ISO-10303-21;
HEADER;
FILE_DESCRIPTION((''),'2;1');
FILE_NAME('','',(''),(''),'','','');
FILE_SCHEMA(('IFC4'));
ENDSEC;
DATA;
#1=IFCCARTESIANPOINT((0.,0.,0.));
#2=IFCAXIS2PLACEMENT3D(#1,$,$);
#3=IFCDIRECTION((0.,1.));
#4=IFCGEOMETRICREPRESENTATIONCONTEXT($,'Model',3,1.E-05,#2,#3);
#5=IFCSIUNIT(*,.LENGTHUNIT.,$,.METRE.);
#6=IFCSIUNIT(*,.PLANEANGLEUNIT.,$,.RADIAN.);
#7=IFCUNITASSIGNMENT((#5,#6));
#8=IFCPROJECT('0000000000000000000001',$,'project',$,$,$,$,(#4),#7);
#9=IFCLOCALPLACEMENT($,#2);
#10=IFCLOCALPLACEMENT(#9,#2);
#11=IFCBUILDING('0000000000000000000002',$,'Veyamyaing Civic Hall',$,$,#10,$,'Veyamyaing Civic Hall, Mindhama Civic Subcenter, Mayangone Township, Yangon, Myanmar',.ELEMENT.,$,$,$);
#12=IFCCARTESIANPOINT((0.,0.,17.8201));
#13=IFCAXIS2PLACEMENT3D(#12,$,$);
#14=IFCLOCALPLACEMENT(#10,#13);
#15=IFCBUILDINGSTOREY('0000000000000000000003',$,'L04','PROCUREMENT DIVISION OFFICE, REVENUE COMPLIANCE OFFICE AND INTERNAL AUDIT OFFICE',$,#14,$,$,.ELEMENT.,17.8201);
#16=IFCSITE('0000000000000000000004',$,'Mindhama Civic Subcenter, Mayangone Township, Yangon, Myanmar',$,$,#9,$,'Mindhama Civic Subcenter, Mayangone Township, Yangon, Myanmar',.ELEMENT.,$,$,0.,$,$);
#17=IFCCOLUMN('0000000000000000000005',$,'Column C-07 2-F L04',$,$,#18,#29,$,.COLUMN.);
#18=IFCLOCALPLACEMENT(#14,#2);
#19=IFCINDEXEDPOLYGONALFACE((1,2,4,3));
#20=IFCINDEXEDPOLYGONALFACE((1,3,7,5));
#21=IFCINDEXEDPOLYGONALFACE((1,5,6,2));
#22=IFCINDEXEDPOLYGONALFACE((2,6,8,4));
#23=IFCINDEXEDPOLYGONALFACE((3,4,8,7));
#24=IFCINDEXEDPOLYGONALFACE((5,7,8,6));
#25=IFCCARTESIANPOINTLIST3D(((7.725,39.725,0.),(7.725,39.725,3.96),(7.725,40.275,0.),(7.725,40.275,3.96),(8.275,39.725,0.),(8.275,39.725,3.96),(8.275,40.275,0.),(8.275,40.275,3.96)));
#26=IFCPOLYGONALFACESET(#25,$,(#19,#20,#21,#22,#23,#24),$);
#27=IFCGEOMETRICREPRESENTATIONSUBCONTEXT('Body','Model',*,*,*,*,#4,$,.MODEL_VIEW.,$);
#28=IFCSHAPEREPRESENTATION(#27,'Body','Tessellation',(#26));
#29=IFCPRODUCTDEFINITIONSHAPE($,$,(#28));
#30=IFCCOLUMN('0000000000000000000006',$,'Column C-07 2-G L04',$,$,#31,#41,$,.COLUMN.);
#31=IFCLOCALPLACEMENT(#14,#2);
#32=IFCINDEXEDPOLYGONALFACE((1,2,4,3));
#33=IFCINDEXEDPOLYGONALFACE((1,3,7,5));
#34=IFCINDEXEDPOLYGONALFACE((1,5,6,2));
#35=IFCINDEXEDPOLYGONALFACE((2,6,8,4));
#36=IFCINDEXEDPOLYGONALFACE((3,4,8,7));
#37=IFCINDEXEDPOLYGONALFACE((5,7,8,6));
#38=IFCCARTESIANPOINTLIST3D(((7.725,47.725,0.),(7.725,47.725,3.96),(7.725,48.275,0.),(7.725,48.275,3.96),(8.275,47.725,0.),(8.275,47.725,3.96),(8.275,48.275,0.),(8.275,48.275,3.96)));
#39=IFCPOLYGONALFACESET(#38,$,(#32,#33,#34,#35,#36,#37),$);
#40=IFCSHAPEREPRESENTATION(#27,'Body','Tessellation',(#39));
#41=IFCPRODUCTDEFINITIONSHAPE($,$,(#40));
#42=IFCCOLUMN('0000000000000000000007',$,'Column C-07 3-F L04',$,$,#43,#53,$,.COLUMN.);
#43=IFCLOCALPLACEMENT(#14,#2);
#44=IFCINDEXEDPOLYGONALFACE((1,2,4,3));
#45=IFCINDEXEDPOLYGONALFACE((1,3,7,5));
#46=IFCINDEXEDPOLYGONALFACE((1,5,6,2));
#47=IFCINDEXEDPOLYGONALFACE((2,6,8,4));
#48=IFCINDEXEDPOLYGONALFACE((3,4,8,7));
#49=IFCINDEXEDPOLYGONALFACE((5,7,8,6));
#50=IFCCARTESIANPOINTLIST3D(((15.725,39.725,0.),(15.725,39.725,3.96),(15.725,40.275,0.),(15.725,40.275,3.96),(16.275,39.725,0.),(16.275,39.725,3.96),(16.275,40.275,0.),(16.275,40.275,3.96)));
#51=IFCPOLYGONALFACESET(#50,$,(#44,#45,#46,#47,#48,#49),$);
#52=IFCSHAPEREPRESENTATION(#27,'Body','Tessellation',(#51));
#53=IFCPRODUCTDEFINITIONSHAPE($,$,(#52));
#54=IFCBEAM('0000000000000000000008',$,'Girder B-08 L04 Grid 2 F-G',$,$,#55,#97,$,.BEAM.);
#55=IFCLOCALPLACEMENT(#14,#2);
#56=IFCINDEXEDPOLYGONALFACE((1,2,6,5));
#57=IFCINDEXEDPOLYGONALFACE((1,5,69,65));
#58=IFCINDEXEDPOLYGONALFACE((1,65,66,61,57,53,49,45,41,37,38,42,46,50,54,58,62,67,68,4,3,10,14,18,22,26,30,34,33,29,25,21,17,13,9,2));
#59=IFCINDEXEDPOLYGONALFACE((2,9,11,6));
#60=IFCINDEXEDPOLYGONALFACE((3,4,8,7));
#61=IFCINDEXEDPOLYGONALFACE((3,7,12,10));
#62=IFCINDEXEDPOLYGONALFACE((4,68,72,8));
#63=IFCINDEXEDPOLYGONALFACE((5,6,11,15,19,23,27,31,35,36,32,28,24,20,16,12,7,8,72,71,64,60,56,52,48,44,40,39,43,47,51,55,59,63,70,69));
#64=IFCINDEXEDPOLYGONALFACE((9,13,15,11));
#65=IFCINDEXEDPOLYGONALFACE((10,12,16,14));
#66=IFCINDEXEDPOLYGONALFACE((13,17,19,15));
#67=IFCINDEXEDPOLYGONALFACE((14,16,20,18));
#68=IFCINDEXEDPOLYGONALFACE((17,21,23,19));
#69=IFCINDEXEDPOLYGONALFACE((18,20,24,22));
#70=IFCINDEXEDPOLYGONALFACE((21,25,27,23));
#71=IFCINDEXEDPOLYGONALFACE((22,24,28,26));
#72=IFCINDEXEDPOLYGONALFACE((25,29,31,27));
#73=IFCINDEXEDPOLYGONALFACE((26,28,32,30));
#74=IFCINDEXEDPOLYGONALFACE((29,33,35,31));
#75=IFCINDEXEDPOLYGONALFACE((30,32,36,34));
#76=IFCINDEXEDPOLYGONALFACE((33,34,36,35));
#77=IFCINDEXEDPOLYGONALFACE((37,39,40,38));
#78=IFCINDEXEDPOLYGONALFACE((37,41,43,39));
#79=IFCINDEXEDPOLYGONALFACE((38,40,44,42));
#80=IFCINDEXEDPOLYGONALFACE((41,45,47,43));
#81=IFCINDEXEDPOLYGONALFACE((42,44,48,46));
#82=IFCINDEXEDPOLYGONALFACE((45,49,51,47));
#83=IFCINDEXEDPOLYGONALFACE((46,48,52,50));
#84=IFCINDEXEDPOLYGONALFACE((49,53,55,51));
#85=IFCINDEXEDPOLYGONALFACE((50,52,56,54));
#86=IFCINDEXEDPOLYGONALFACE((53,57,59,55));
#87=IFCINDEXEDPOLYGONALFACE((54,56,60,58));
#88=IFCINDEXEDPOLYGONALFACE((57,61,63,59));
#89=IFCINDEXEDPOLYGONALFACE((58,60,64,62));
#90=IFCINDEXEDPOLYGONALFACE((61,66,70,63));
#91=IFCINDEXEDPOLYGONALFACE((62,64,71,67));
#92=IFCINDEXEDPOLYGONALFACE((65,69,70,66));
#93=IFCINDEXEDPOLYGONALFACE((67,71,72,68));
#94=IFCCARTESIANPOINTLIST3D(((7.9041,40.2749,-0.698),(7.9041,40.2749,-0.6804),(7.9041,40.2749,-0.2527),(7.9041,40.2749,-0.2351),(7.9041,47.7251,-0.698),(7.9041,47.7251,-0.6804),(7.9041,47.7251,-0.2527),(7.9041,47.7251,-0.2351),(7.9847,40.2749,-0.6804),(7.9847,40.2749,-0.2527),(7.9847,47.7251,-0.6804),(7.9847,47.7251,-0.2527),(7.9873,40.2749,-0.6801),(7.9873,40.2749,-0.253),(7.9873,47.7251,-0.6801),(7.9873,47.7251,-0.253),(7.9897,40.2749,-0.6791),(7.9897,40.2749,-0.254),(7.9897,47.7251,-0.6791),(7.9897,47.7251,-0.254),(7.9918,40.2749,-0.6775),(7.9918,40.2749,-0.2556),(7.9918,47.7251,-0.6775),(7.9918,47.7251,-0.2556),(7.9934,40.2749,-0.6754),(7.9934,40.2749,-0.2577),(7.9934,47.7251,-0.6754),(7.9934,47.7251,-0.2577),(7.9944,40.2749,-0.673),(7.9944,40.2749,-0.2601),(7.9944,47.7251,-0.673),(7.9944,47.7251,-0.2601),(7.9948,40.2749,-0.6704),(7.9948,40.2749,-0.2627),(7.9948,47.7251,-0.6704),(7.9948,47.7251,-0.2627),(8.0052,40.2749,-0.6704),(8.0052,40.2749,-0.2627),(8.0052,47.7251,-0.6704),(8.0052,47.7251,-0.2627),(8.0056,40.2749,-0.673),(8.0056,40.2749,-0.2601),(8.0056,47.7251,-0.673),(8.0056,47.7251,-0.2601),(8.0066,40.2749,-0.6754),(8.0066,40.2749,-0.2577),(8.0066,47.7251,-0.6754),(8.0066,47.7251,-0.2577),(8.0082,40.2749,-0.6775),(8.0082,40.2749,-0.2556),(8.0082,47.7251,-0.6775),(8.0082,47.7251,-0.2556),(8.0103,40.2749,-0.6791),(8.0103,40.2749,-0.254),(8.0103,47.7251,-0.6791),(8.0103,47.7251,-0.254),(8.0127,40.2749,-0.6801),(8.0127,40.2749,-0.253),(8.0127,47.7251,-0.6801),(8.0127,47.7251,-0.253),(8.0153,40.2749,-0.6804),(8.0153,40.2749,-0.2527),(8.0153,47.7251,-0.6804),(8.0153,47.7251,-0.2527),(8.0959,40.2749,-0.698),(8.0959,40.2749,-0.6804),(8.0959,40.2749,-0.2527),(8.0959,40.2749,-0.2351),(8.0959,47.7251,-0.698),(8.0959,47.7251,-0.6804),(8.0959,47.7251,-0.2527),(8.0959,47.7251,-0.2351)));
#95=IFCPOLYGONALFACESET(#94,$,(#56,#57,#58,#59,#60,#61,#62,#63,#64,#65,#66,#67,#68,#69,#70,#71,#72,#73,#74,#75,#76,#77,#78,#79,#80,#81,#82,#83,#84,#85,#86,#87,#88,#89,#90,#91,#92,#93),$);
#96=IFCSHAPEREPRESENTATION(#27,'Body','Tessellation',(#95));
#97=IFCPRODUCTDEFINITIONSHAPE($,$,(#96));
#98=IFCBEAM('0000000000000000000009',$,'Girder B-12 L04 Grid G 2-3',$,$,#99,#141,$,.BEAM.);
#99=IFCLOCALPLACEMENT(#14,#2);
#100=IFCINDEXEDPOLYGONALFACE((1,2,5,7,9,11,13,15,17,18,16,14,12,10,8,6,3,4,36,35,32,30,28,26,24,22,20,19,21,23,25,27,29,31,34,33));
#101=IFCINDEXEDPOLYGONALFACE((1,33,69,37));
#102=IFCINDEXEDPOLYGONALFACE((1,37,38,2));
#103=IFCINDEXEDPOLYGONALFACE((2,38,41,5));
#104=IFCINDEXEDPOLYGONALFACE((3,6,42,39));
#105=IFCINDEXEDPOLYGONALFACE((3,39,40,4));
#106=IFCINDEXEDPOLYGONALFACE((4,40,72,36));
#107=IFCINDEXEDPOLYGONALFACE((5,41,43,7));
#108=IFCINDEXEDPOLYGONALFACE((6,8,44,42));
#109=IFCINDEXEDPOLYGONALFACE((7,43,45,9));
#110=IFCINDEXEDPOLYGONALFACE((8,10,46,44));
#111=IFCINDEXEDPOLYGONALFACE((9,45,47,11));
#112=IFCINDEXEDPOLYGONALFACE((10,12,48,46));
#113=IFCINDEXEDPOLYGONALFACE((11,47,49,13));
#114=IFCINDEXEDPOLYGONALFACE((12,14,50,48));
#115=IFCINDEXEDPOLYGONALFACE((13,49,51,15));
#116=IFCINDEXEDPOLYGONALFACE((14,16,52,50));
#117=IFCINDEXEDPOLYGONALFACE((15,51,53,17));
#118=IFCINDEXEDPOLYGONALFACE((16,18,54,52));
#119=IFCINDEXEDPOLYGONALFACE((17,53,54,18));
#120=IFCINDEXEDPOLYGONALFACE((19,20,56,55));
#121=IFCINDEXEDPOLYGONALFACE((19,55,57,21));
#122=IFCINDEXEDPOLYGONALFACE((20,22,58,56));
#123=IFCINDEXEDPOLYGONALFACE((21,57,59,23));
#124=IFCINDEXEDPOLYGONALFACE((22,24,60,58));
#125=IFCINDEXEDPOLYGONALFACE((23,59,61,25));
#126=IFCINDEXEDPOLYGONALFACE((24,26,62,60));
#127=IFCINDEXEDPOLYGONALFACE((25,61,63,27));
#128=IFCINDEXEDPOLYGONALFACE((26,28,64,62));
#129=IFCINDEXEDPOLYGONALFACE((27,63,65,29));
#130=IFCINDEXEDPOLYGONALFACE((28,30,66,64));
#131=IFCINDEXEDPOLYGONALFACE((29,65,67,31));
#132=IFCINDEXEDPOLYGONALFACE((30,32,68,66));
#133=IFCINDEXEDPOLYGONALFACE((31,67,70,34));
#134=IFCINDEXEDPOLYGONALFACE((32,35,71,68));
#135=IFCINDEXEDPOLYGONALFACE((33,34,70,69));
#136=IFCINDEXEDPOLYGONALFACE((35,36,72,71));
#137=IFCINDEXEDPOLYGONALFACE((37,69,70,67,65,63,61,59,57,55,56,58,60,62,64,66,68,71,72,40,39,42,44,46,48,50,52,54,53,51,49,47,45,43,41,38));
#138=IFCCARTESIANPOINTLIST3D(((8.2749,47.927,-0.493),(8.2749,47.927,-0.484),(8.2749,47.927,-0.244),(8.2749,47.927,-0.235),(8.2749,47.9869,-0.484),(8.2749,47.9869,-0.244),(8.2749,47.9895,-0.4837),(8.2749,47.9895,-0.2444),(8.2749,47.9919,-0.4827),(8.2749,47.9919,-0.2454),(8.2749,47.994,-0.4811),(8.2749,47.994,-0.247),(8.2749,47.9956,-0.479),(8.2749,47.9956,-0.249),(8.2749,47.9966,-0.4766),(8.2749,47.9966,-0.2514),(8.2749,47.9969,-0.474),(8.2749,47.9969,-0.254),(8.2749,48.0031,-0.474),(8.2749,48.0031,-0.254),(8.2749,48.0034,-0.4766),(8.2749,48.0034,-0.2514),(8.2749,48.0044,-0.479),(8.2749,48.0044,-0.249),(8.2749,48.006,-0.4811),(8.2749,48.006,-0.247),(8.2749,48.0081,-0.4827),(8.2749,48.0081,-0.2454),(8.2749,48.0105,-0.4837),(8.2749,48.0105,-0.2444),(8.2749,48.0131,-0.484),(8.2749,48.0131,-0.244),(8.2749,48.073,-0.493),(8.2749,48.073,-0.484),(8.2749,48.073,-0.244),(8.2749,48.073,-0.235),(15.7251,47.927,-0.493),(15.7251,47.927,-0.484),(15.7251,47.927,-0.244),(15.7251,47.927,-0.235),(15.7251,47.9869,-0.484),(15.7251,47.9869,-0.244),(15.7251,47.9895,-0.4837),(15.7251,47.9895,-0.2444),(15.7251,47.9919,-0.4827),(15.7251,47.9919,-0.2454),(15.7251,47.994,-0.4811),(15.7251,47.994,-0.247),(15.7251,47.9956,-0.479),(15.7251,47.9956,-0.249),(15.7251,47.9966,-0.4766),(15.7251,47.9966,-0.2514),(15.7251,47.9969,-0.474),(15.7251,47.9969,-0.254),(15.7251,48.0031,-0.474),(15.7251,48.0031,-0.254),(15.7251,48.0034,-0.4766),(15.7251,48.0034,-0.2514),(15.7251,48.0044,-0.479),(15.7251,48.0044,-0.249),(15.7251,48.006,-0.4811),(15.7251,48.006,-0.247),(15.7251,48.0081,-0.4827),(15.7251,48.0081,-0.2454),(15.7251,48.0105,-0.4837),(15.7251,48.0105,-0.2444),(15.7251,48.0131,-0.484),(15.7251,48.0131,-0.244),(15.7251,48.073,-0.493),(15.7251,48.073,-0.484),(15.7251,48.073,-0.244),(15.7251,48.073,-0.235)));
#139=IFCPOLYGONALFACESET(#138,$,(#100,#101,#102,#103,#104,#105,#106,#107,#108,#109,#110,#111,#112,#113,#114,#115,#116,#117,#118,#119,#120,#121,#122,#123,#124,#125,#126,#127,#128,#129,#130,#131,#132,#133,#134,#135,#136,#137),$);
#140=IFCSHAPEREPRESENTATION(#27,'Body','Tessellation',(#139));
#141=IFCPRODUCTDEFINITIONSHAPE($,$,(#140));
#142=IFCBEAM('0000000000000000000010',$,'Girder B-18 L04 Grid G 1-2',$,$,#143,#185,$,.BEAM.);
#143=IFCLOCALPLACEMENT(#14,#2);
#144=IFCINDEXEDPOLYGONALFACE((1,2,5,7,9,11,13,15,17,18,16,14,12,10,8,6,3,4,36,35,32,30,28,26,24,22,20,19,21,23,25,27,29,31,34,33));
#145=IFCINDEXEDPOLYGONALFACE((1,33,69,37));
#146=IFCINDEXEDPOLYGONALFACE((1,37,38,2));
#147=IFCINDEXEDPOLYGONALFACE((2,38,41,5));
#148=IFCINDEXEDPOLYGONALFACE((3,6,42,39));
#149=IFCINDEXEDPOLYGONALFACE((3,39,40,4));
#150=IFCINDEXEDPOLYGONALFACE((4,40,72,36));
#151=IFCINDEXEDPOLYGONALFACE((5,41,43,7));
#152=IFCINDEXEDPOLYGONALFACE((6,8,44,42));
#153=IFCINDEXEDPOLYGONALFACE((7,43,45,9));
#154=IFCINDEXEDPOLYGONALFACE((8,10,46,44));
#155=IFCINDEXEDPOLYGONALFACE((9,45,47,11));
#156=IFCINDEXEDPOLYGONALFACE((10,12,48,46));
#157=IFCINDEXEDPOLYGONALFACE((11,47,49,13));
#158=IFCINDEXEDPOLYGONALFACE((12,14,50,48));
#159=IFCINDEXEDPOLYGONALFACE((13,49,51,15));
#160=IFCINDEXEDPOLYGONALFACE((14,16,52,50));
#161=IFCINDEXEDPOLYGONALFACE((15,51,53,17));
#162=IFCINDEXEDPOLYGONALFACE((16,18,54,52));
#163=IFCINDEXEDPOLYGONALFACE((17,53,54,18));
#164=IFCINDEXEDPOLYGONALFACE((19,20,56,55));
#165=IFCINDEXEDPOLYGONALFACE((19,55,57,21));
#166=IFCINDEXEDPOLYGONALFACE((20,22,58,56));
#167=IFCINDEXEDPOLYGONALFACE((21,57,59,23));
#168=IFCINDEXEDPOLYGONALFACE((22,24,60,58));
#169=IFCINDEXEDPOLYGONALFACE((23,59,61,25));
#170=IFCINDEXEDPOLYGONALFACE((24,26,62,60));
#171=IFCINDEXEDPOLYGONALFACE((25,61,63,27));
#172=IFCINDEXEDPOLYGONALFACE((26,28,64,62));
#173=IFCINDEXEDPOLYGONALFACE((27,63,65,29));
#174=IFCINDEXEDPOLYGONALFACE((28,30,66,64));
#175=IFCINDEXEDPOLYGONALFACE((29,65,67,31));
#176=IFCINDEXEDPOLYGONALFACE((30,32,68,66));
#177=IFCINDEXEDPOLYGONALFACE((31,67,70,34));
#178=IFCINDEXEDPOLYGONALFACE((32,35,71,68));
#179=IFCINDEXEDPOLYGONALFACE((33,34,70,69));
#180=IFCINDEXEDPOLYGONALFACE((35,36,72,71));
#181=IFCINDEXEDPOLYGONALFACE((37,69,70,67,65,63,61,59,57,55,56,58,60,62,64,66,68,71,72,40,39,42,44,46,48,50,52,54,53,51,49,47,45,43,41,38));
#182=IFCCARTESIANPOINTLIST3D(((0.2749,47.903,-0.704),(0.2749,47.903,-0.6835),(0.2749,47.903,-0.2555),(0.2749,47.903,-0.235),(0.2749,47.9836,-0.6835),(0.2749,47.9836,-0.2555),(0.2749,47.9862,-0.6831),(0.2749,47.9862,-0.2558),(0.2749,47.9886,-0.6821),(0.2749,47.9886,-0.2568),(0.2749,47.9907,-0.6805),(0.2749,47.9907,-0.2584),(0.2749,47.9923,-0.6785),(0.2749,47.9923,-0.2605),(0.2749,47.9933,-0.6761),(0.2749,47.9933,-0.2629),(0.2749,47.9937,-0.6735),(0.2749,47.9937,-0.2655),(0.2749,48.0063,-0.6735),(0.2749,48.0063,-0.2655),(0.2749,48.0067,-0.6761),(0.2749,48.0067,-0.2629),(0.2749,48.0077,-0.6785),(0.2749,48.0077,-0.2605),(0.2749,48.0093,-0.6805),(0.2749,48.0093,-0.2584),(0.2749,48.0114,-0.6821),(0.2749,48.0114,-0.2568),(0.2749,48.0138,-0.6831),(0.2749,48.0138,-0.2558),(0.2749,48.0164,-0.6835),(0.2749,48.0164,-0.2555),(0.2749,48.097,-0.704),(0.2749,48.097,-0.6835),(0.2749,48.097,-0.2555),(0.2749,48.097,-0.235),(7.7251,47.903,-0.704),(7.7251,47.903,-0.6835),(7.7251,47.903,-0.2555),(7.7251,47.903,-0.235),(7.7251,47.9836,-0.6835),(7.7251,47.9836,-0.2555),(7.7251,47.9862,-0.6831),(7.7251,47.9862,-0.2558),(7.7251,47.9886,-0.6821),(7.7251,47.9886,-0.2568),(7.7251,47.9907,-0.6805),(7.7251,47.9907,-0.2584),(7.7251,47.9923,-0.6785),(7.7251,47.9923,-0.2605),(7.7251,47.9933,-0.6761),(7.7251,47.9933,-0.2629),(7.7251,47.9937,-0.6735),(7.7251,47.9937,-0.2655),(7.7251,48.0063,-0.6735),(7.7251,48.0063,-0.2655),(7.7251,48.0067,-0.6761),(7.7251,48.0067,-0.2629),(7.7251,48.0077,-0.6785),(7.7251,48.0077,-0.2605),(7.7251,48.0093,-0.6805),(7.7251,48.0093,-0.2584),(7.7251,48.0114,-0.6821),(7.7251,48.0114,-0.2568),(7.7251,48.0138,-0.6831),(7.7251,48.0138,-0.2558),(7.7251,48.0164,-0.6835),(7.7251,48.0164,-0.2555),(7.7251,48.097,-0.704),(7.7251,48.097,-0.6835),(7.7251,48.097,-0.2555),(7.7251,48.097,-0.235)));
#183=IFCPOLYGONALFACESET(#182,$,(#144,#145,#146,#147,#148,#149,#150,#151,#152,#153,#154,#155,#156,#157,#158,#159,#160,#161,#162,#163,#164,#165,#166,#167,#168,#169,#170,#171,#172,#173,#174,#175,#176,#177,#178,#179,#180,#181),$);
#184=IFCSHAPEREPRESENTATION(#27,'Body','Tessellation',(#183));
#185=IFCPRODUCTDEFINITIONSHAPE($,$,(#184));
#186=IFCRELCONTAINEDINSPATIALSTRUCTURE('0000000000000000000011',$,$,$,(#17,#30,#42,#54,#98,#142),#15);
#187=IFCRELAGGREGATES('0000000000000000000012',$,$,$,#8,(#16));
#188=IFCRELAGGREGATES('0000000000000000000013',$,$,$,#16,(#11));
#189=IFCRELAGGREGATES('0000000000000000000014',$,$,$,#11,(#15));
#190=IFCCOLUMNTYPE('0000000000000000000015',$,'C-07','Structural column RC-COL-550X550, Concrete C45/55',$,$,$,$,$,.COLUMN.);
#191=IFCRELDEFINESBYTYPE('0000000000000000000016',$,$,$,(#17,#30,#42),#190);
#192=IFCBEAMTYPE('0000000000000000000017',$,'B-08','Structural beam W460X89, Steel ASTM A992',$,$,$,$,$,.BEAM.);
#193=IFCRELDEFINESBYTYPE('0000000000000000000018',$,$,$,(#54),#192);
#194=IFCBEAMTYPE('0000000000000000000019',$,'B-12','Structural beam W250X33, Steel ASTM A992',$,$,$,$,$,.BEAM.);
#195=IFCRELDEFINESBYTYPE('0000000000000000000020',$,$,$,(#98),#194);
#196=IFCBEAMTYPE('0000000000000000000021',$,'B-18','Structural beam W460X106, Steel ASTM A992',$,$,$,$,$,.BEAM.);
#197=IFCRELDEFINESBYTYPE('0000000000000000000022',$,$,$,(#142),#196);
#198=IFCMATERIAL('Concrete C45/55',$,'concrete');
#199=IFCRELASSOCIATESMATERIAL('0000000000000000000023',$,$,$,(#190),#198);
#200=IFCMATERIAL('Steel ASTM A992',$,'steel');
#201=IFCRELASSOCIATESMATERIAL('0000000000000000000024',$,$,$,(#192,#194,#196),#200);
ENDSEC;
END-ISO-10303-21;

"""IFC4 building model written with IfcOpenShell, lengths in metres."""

from ifc_helpers import new_model, si_unit, direction, frame, origin, origin_2d, place, context, subcontext, project, spatial, rectangle, i_section, extrude, material, material_profile, profile_set, type_object, element, save


model = new_model("IFC4")

# Units and contexts
model_context = context("Model", 3, precision=1e-05, world=origin(), true_north=direction((0.0, 1.0)))
body_context = subcontext(model_context, "Body", "Model", "MODEL_VIEW")
ifc_project = project(units=[si_unit("LENGTHUNIT", "METRE"), si_unit("PLANEANGLEUNIT", "RADIAN")], contexts=[model_context])

# Site, building, storey
site_placement = place(None, origin())
site = spatial("IfcSite", under=ifc_project, at=site_placement, Name="Mindhama Civic Subcenter, Mayangone Township, Yangon, Myanmar", LongName="Mindhama Civic Subcenter, Mayangone Township, Yangon, Myanmar", CompositionType="ELEMENT", RefElevation=0.0)
building_placement = place(site_placement, origin())
building = spatial("IfcBuilding", under=site, at=building_placement, Name="Veyamyaing Civic Hall", LongName="Veyamyaing Civic Hall, Mindhama Civic Subcenter, Mayangone Township, Yangon, Myanmar", CompositionType="ELEMENT")
storey_placement = place(building_placement, frame((0.0, 0.0, 17.8201)))
storey = spatial("IfcBuildingStorey", under=building, at=storey_placement, Name="L04", Description="PROCUREMENT DIVISION OFFICE, REVENUE COMPLIANCE OFFICE AND INTERNAL AUDIT OFFICE", CompositionType="ELEMENT", Elevation=17.8201)

# Columns
ifc_material_1 = material(Name="Concrete C45/55", Category="concrete")
ifc_material_profile_1 = material_profile(ifc_material_1, rectangle(XDim=0.55, YDim=0.55, at=origin_2d()), Name="RC-COL-550X550")
ifc_profile_set_1 = profile_set([ifc_material_profile_1], Name="Concrete C45/55")
column_type = type_object("IfcColumnType", Name="C-07", Description="Structural column RC-COL-550X550, Concrete C45/55", PredefinedType="COLUMN", material=ifc_profile_set_1)
for number, where, z_axis, x_axis, name in (
    (1, (8.0, 40.0, 0.0), (0.0, 0.0, 1.0), (1.0, 0.0, 0.0), "Column C-07 2-F L04"),
    (2, (8.0, 48.0, 0.0), (0.0, 0.0, 1.0), (1.0, 0.0, 0.0), "Column C-07 2-G L04"),
    (3, (16.0, 40.0, 0.0), (0.0, 0.0, 1.0), (1.0, 0.0, 0.0), "Column C-07 3-F L04"),
):
    element("IfcColumn", number, at=place(storey_placement, frame(where, z_axis=z_axis, x_axis=x_axis)), inside=storey, type_object=column_type, Name=name, PredefinedType="COLUMN", context=body_context, shape_type="SweptSolid", body=[
        extrude(rectangle(XDim=0.55, YDim=0.55, at=origin_2d()), origin(), (0.0, 0.0, 1.0), 3.96),
    ])

# Beams
ifc_material_2 = material(Name="Steel ASTM A992", Category="steel")
ifc_material_profile_2 = material_profile(ifc_material_2, i_section(OverallWidth=0.1919, OverallDepth=0.4629, WebThickness=0.0105, FlangeThickness=0.0176, FilletRadius=0.01, at=origin_2d()), Name="W460X89")
ifc_profile_set_2 = profile_set([ifc_material_profile_2], Name="Steel ASTM A992")
beam_type_1 = type_object("IfcBeamType", Name="B-08", Description="Structural beam W460X89, Steel ASTM A992", PredefinedType="BEAM", material=ifc_profile_set_2)
beam_1_placement = place(storey_placement, frame((8.0, 40.2749, -0.4666), z_axis=(0.0, 1.0, 0.0), x_axis=(-1.0, 0.0, 0.0)))
element("IfcBeam", 4, at=beam_1_placement, inside=storey, type_object=beam_type_1, Name="Girder B-08 L04 Grid 2 F-G", PredefinedType="BEAM", context=body_context, shape_type="SweptSolid", body=[
    extrude(i_section(OverallWidth=0.1919, OverallDepth=0.4629, WebThickness=0.0105, FlangeThickness=0.0176, FilletRadius=0.01, at=origin_2d()), origin(), (0.0, 0.0, 1.0), 7.4502),
])
ifc_material_profile_3 = material_profile(ifc_material_2, i_section(OverallWidth=0.146, OverallDepth=0.2581, WebThickness=0.0061, FlangeThickness=0.009, FilletRadius=0.01, at=origin_2d()), Name="W250X33")
ifc_profile_set_3 = profile_set([ifc_material_profile_3], Name="Steel ASTM A992")
beam_type_2 = type_object("IfcBeamType", Name="B-12", Description="Structural beam W250X33, Steel ASTM A992", PredefinedType="BEAM", material=ifc_profile_set_3)
beam_2_placement = place(storey_placement, frame((8.2749, 48.0, -0.364), z_axis=(1.0, 0.0, 0.0), x_axis=(0.0, 1.0, 0.0)))
element("IfcBeam", 5, at=beam_2_placement, inside=storey, type_object=beam_type_2, Name="Girder B-12 L04 Grid G 2-3", PredefinedType="BEAM", context=body_context, shape_type="SweptSolid", body=[
    extrude(i_section(OverallWidth=0.146, OverallDepth=0.2581, WebThickness=0.0061, FlangeThickness=0.009, FilletRadius=0.01, at=origin_2d()), origin(), (0.0, 0.0, 1.0), 7.4502),
])
ifc_material_profile_4 = material_profile(ifc_material_2, i_section(OverallWidth=0.1941, OverallDepth=0.469, WebThickness=0.0127, FlangeThickness=0.0205, FilletRadius=0.01, at=origin_2d()), Name="W460X106")
ifc_profile_set_4 = profile_set([ifc_material_profile_4], Name="Steel ASTM A992")
beam_type_3 = type_object("IfcBeamType", Name="B-18", Description="Structural beam W460X106, Steel ASTM A992", PredefinedType="BEAM", material=ifc_profile_set_4)
beam_3_placement = place(storey_placement, frame((0.2749, 48.0, -0.4695), z_axis=(1.0, 0.0, 0.0), x_axis=(0.0, 1.0, 0.0)))
element("IfcBeam", 6, at=beam_3_placement, inside=storey, type_object=beam_type_3, Name="Girder B-18 L04 Grid G 1-2", PredefinedType="BEAM", context=body_context, shape_type="SweptSolid", body=[
    extrude(i_section(OverallWidth=0.1941, OverallDepth=0.469, WebThickness=0.0127, FlangeThickness=0.0205, FilletRadius=0.01, at=origin_2d()), origin(), (0.0, 0.0, 1.0), 7.4502),
])

save(model, "model.ifc")
